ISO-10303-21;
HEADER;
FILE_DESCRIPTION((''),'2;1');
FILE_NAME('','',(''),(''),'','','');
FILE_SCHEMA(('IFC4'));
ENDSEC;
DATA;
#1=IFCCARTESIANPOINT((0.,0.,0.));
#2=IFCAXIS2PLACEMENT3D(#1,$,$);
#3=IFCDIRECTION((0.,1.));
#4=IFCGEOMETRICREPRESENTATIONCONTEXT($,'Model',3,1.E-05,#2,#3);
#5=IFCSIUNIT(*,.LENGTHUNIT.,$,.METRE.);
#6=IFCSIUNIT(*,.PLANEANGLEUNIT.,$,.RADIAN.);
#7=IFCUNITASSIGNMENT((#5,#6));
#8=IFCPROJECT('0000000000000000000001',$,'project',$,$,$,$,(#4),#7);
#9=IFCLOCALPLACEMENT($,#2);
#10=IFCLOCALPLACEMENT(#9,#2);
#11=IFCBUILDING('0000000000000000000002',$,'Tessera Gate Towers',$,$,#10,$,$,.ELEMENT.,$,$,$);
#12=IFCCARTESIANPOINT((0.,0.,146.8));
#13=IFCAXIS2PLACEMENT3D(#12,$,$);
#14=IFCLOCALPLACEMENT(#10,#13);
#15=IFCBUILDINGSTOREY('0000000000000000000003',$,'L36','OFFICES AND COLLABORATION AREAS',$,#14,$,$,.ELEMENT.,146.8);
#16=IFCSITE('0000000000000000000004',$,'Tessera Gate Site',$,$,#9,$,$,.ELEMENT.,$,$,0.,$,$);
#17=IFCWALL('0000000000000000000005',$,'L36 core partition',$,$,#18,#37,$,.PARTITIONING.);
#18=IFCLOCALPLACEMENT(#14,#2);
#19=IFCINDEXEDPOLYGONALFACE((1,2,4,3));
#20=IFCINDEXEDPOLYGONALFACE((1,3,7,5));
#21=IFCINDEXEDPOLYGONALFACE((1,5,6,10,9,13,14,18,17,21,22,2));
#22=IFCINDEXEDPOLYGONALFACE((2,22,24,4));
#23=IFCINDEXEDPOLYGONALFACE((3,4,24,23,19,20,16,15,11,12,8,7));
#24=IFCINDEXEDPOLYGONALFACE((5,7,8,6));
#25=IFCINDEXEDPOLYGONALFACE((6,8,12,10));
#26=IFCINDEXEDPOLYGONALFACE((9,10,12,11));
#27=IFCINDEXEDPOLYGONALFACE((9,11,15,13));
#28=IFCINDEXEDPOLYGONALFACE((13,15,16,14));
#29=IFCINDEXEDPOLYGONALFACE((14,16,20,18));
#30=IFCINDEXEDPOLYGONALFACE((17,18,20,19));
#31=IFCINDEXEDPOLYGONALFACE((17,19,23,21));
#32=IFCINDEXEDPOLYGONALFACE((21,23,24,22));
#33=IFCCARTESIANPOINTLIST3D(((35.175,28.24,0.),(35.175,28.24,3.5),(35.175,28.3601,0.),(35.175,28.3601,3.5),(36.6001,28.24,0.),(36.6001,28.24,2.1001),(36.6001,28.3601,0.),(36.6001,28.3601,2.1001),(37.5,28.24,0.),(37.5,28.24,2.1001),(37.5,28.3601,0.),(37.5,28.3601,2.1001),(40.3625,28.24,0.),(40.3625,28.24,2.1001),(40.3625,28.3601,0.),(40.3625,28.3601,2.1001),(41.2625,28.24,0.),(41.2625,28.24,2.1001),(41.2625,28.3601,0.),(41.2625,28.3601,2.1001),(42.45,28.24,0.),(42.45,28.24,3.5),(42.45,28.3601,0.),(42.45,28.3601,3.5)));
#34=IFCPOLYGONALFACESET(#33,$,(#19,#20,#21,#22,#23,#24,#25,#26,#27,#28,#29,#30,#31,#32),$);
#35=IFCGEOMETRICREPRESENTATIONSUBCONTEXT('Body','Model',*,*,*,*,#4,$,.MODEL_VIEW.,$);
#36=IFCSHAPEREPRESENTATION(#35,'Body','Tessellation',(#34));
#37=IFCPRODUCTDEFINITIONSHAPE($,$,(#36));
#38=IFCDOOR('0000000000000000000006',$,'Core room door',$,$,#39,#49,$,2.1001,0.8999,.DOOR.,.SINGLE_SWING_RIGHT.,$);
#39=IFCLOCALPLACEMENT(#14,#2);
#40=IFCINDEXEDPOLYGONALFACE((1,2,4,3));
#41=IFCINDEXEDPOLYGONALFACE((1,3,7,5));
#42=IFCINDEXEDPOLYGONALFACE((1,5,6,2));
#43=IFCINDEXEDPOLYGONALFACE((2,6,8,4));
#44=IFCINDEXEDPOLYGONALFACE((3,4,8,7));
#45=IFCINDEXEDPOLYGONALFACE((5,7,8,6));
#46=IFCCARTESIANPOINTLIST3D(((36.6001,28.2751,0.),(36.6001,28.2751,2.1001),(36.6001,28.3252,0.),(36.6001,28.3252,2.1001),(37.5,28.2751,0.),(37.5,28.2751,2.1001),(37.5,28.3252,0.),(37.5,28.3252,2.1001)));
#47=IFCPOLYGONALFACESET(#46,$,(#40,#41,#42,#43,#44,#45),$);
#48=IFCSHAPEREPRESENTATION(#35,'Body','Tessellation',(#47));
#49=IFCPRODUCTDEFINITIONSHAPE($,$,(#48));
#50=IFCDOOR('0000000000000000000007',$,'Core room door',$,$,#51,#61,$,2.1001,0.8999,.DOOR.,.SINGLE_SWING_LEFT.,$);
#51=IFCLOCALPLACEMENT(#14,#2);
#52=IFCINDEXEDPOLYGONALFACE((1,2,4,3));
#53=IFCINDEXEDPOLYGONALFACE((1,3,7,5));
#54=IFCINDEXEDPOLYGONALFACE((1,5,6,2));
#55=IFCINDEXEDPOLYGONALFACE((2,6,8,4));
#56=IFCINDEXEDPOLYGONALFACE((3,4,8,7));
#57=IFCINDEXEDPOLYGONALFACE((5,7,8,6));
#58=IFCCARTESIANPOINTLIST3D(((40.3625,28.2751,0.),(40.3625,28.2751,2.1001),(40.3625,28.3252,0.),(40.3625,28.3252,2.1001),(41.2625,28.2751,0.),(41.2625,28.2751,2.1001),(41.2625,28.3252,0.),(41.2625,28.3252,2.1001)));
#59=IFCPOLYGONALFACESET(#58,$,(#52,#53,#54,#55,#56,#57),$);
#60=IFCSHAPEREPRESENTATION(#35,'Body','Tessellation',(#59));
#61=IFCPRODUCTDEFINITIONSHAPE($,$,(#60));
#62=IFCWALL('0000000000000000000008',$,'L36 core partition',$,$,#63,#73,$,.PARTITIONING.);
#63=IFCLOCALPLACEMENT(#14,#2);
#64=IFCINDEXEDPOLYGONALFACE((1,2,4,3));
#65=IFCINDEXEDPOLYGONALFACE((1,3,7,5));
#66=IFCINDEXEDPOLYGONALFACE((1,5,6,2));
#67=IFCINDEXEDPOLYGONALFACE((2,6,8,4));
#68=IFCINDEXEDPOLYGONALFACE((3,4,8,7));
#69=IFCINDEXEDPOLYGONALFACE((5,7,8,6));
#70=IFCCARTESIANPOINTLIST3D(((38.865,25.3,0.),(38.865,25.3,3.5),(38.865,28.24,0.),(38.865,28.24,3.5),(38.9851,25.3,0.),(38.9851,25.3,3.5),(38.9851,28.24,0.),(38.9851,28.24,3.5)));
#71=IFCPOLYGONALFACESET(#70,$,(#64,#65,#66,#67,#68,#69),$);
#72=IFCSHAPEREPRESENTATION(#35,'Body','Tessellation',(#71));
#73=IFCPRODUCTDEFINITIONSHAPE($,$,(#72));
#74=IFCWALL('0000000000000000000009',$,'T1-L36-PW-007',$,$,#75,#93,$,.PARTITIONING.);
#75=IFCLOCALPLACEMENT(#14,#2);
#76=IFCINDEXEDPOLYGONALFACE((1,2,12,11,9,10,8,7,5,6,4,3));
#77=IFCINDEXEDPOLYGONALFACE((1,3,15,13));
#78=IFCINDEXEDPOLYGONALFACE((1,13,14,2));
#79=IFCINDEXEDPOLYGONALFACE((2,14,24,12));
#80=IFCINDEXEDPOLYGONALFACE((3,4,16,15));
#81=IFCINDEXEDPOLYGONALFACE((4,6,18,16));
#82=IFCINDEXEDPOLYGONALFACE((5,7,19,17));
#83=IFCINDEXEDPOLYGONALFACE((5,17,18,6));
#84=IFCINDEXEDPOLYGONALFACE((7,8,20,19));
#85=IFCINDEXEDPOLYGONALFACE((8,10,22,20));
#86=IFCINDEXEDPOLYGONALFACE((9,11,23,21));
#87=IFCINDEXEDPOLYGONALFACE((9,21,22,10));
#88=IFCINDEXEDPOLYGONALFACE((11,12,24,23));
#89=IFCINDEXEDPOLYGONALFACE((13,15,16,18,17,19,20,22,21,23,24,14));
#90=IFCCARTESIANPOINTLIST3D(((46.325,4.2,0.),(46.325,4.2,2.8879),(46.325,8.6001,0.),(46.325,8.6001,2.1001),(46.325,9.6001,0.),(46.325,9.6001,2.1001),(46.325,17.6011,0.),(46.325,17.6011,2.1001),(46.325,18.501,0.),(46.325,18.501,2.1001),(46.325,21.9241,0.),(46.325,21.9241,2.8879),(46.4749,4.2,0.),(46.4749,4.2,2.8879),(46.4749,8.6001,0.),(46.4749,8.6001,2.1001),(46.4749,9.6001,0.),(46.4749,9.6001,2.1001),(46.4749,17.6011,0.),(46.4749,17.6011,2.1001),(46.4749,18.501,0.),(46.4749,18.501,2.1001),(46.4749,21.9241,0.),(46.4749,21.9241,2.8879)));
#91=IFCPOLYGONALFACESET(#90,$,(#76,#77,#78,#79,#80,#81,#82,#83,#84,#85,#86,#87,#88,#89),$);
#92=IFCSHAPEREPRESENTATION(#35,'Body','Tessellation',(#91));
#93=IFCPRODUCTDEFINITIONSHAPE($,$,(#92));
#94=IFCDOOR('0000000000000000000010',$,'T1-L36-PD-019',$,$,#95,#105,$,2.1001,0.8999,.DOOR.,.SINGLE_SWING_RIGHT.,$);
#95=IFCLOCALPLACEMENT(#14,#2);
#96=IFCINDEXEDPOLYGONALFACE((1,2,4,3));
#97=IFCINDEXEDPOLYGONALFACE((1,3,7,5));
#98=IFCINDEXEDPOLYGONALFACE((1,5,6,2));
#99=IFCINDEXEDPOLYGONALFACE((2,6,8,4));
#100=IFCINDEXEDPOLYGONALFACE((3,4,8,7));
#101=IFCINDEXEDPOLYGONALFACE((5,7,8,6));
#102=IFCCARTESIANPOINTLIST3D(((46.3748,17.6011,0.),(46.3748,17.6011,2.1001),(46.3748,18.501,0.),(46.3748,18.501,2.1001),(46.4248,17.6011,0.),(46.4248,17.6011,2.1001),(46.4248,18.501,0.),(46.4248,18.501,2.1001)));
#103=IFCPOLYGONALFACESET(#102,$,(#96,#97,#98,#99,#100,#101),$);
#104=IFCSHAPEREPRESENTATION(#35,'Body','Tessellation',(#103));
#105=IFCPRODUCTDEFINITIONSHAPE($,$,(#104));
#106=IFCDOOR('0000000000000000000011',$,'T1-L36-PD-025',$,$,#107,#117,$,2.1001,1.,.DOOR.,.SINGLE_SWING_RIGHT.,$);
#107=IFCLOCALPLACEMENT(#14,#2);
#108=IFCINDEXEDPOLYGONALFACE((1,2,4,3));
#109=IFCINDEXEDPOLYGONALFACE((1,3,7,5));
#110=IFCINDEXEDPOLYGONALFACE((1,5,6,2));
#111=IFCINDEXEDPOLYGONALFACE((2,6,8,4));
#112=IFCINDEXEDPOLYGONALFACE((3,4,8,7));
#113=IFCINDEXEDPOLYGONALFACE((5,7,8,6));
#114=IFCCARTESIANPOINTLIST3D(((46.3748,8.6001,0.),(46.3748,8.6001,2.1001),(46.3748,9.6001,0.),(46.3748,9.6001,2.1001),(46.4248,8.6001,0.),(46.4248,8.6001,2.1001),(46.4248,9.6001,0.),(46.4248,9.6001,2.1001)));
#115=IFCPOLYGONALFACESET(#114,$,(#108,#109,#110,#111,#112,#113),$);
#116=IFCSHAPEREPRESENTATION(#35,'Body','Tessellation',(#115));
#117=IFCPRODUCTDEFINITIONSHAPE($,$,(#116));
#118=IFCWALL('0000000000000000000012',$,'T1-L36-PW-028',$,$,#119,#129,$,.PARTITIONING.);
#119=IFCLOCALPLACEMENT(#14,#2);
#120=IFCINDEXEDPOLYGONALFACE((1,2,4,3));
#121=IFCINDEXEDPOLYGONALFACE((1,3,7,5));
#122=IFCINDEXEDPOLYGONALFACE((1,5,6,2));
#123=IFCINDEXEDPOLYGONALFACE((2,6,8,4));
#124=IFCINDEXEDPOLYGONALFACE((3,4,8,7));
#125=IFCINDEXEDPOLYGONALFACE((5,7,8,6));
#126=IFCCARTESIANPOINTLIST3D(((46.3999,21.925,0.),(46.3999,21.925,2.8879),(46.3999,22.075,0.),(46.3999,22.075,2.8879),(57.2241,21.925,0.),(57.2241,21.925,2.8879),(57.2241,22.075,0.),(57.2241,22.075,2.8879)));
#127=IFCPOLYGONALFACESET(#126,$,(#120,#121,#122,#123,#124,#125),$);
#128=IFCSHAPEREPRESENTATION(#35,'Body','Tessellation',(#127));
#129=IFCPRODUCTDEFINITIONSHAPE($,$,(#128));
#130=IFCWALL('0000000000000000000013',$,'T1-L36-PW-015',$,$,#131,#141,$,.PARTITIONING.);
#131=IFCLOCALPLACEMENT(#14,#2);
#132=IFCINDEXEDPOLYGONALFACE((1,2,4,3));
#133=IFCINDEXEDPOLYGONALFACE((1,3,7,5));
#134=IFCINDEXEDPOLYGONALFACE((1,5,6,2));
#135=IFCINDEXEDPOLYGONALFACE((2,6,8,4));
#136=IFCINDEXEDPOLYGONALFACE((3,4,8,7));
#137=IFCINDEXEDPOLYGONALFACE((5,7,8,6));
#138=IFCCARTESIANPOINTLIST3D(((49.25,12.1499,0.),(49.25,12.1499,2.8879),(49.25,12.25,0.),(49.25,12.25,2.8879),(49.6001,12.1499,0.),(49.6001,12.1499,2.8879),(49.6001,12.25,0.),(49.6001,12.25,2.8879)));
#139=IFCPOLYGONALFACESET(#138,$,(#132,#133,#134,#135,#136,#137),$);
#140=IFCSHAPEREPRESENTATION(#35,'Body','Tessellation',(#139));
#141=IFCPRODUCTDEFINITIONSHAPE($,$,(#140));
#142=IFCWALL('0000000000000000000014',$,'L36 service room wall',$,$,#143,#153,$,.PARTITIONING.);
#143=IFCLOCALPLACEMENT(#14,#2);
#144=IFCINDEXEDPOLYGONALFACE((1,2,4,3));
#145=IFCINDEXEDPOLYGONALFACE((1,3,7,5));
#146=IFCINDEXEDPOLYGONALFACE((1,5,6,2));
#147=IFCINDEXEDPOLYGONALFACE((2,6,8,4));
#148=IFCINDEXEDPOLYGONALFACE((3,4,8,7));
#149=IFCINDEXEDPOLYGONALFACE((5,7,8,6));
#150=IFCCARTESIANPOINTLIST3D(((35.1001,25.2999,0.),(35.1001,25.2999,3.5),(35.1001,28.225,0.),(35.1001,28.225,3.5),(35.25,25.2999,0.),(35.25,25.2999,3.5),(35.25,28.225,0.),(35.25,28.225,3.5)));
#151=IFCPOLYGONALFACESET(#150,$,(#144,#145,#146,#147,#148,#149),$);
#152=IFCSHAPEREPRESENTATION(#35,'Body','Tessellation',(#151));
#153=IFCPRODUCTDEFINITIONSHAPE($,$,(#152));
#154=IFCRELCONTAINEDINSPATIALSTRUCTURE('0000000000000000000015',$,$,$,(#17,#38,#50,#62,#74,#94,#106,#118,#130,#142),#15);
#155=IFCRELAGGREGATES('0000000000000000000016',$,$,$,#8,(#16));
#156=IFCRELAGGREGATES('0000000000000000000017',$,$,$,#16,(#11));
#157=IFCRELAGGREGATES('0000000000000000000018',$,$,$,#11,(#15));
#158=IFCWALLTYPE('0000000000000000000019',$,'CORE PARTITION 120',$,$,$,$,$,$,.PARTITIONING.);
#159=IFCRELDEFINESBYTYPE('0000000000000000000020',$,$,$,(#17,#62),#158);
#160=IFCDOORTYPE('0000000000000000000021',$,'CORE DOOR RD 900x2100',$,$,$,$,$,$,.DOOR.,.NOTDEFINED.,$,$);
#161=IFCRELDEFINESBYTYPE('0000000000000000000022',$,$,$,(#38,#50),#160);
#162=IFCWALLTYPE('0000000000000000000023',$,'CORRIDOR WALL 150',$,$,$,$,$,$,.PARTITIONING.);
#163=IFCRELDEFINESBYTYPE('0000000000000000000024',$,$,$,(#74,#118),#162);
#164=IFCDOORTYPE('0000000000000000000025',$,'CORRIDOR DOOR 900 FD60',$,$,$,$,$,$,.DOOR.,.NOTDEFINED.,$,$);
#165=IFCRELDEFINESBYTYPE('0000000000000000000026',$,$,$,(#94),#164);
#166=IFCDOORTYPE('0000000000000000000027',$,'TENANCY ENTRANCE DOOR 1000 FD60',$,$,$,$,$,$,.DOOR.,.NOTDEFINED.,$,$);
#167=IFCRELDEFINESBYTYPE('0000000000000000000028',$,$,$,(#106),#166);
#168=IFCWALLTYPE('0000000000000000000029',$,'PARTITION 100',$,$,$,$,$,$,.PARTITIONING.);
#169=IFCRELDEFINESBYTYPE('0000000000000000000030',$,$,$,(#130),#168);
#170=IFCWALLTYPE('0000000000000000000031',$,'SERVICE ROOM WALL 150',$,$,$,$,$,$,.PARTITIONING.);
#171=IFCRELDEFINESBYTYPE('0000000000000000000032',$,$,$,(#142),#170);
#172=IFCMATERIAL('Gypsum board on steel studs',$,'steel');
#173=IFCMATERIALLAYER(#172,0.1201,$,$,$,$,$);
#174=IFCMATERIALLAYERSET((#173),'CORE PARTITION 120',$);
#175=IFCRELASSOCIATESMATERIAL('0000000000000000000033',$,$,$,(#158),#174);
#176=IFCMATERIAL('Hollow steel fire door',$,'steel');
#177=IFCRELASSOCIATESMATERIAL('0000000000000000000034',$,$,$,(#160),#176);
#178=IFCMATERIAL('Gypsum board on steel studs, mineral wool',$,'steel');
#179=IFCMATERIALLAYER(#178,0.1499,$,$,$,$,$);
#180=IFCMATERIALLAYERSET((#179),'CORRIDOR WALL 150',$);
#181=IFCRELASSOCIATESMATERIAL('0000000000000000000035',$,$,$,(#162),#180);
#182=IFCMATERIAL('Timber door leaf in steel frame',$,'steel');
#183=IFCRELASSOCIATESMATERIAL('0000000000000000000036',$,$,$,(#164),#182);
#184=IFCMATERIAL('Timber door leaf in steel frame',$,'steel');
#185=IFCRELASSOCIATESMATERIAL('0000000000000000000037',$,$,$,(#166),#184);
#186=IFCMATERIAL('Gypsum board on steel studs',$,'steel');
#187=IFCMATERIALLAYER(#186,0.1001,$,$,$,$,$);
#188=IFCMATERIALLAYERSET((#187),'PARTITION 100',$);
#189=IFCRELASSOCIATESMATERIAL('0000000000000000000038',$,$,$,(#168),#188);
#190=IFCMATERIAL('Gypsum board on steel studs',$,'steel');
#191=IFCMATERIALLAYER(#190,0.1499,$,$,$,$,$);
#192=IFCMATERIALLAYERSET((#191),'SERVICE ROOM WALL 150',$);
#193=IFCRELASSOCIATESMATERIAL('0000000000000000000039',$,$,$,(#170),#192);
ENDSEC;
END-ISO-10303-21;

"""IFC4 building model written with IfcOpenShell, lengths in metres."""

from ifc_helpers import new_model, si_unit, direction, frame, frame_2d, origin, place, context, subcontext, project, spatial, rectangle, extrude, source, transform, mapped, material, layer, layer_set, type_object, element, fill, save


model = new_model("IFC4")

# Units and contexts
model_context = context("Model", 3, precision=1e-05, world=origin(), true_north=direction((0.0, 1.0)))
body_context = subcontext(model_context, "Body", "Model", "MODEL_VIEW")
ifc_project = project(units=[si_unit("LENGTHUNIT", "METRE"), si_unit("PLANEANGLEUNIT", "RADIAN")], contexts=[model_context])

# Site, building, storey
site_placement = place(None, origin())
site = spatial("IfcSite", under=ifc_project, at=site_placement, Name="Tessera Gate Site", CompositionType="ELEMENT", RefElevation=0.0)
building_placement = place(site_placement, origin())
building = spatial("IfcBuilding", under=site, at=building_placement, Name="Tessera Gate Towers", CompositionType="ELEMENT")
storey_placement = place(building_placement, frame((0.0, 0.0, 146.8)))
storey = spatial("IfcBuildingStorey", under=building, at=storey_placement, Name="L36", Description="OFFICES AND COLLABORATION AREAS", CompositionType="ELEMENT", Elevation=146.8)

# Wall, openings, doors
ifc_material_1 = material(Name="Gypsum board on steel studs", Category="steel")
ifc_layer_1 = layer(ifc_material_1, 0.1201)
ifc_layer_set_1 = layer_set([ifc_layer_1], Name="CORE PARTITION 120")
wall_type_1 = type_object("IfcWallType", Name="CORE PARTITION 120", PredefinedType="PARTITIONING", material=ifc_layer_set_1)
wall_1_placement = place(storey_placement, frame((42.45, 28.3, 0.0), z_axis=(0.0, 0.0, 1.0), x_axis=(-1.0, 0.0, 0.0)))
wall_1 = element("IfcWall", 1, at=wall_1_placement, inside=storey, type_object=wall_type_1, Name="L36 core partition", PredefinedType="PARTITIONING", context=body_context, shape_type="SweptSolid", body=[
    extrude(rectangle(XDim=7.2749, YDim=0.1201, at=frame_2d((3.6375, 0.0))), origin(), (0.0, 0.0, 1.0), 3.5),
])
shared_shape_1 = source(origin(), body_context, "Body", "SweptSolid", [
    extrude(rectangle(XDim=0.8999, YDim=2.1001, at=frame_2d((0.45, 1.05))), frame((0.0, 0.0701, 0.0), z_axis=(0.0, -1.0, 0.0), x_axis=(1.0, 0.0, 0.0)), (0.0, 0.0, 1.0), 0.1401),
])
opening_1_placement = place(wall_1_placement, frame((4.95, 0.0, 0.0)))
opening_1 = element("IfcOpeningElement", 2, at=opening_1_placement, cuts=wall_1, PredefinedType="OPENING", context=body_context, shape_type="MappedRepresentation", body=[
    mapped(shared_shape_1, transform((0.0, 0.0, 0.0), scale=1.0)),
])
opening_2_placement = place(wall_1_placement, frame((1.1875, 0.0, 0.0)))
opening_2 = element("IfcOpeningElement", 3, at=opening_2_placement, cuts=wall_1, PredefinedType="OPENING", context=body_context, shape_type="MappedRepresentation", body=[
    mapped(shared_shape_1, transform((0.0, 0.0, 0.0), scale=1.0)),
])
ifc_material_2 = material(Name="Hollow steel fire door", Category="steel")
door_type_1 = type_object("IfcDoorType", Name="CORE DOOR RD 900x2100", OperationType="NOTDEFINED", PredefinedType="DOOR", material=ifc_material_2)
shared_shape_2 = source(origin(), body_context, "Body", "SweptSolid", [
    extrude(rectangle(XDim=0.8999, YDim=2.1001, at=frame_2d((0.45, 1.05))), frame((0.0, 0.0249, 0.0), z_axis=(0.0, -1.0, 0.0), x_axis=(1.0, 0.0, 0.0)), (0.0, 0.0, 1.0), 0.05),
])
door_1_placement = place(opening_1_placement, origin())
door_1 = element("IfcDoor", 4, at=door_1_placement, inside=storey, type_object=door_type_1, Name="Core room door", OperationType="SINGLE_SWING_RIGHT", OverallHeight=2.1001, OverallWidth=0.8999, PredefinedType="DOOR", context=body_context, shape_type="MappedRepresentation", body=[
    mapped(shared_shape_2, transform((0.0, 0.0, 0.0), scale=1.0)),
])
fill(opening_1, door_1)
door_2_placement = place(opening_2_placement, origin())
door_2 = element("IfcDoor", 5, at=door_2_placement, inside=storey, type_object=door_type_1, Name="Core room door", OperationType="SINGLE_SWING_LEFT", OverallHeight=2.1001, OverallWidth=0.8999, PredefinedType="DOOR", context=body_context, shape_type="MappedRepresentation", body=[
    mapped(shared_shape_2, transform((0.0, 0.0, 0.0), scale=1.0)),
])
fill(opening_2, door_2)

# Wall
wall_2_placement = place(storey_placement, frame((38.925, 25.3, 0.0), z_axis=(0.0, 0.0, 1.0), x_axis=(0.0, 1.0, 0.0)))
element("IfcWall", 6, at=wall_2_placement, inside=storey, type_object=wall_type_1, Name="L36 core partition", PredefinedType="PARTITIONING", context=body_context, shape_type="SweptSolid", body=[
    extrude(rectangle(XDim=2.9399, YDim=0.1201, at=frame_2d((1.47, 0.0))), origin(), (0.0, 0.0, 1.0), 3.5),
])

# Wall, openings, doors
ifc_material_3 = material(Name="Gypsum board on steel studs, mineral wool", Category="steel")
ifc_layer_2 = layer(ifc_material_3, 0.1499)
ifc_layer_set_2 = layer_set([ifc_layer_2], Name="CORRIDOR WALL 150")
wall_type_2 = type_object("IfcWallType", Name="CORRIDOR WALL 150", PredefinedType="PARTITIONING", material=ifc_layer_set_2)
wall_3_placement = place(storey_placement, frame((46.3999, 21.9241, 0.0), z_axis=(0.0, 0.0, 1.0), x_axis=(0.0, -1.0, 0.0)))
wall_3 = element("IfcWall", 7, at=wall_3_placement, inside=storey, type_object=wall_type_2, Name="T1-L36-PW-007", PredefinedType="PARTITIONING", context=body_context, shape_type="SweptSolid", body=[
    extrude(rectangle(XDim=17.7241, YDim=0.1499, at=frame_2d((8.8621, 0.0))), origin(), (0.0, 0.0, 1.0), 2.8879),
])
shared_shape_3 = source(origin(), body_context, "Body", "SweptSolid", [
    extrude(rectangle(XDim=0.8999, YDim=2.1001, at=frame_2d((0.45, 1.05))), frame((0.0, 0.085, 0.0), z_axis=(0.0, -1.0, 0.0), x_axis=(1.0, 0.0, 0.0)), (0.0, 0.0, 1.0), 0.1699),
])
opening_3_placement = place(wall_3_placement, frame((3.4231, 0.0, 0.0)))
opening_3 = element("IfcOpeningElement", 8, at=opening_3_placement, cuts=wall_3, PredefinedType="OPENING", context=body_context, shape_type="MappedRepresentation", body=[
    mapped(shared_shape_3, transform((0.0, 0.0, 0.0), scale=1.0)),
])
shared_shape_4 = source(origin(), body_context, "Body", "SweptSolid", [
    extrude(rectangle(XDim=1.0, YDim=2.1001, at=frame_2d((0.5, 1.05))), frame((0.0, 0.085, 0.0), z_axis=(0.0, -1.0, 0.0), x_axis=(1.0, 0.0, 0.0)), (0.0, 0.0, 1.0), 0.1699),
])
opening_4_placement = place(wall_3_placement, frame((12.324, 0.0, 0.0)))
opening_4 = element("IfcOpeningElement", 9, at=opening_4_placement, cuts=wall_3, PredefinedType="OPENING", context=body_context, shape_type="MappedRepresentation", body=[
    mapped(shared_shape_4, transform((0.0, 0.0, 0.0), scale=1.0)),
])
ifc_material_4 = material(Name="Timber door leaf in steel frame", Category="steel")
door_type_2 = type_object("IfcDoorType", Name="CORRIDOR DOOR 900 FD60", OperationType="NOTDEFINED", PredefinedType="DOOR", material=ifc_material_4)
door_3_placement = place(opening_3_placement, origin())
door_3 = element("IfcDoor", 10, at=door_3_placement, inside=storey, type_object=door_type_2, Name="T1-L36-PD-019", OperationType="SINGLE_SWING_RIGHT", OverallHeight=2.1001, OverallWidth=0.8999, PredefinedType="DOOR", context=body_context, shape_type="MappedRepresentation", body=[
    mapped(shared_shape_2, transform((0.0, 0.0, 0.0), scale=1.0)),
])
fill(opening_3, door_3)
ifc_material_5 = material(Name="Timber door leaf in steel frame", Category="steel")
door_type_3 = type_object("IfcDoorType", Name="TENANCY ENTRANCE DOOR 1000 FD60", OperationType="NOTDEFINED", PredefinedType="DOOR", material=ifc_material_5)
shared_shape_5 = source(origin(), body_context, "Body", "SweptSolid", [
    extrude(rectangle(XDim=1.0, YDim=2.1001, at=frame_2d((0.5, 1.05))), frame((0.0, 0.0249, 0.0), z_axis=(0.0, -1.0, 0.0), x_axis=(1.0, 0.0, 0.0)), (0.0, 0.0, 1.0), 0.05),
])
door_4_placement = place(opening_4_placement, origin())
door_4 = element("IfcDoor", 11, at=door_4_placement, inside=storey, type_object=door_type_3, Name="T1-L36-PD-025", OperationType="SINGLE_SWING_RIGHT", OverallHeight=2.1001, OverallWidth=1.0, PredefinedType="DOOR", context=body_context, shape_type="MappedRepresentation", body=[
    mapped(shared_shape_5, transform((0.0, 0.0, 0.0), scale=1.0)),
])
fill(opening_4, door_4)

# Walls
wall_4_placement = place(storey_placement, frame((46.3999, 22.0, 0.0), z_axis=(0.0, 0.0, 1.0), x_axis=(1.0, 0.0, 0.0)))
element("IfcWall", 12, at=wall_4_placement, inside=storey, type_object=wall_type_2, Name="T1-L36-PW-028", PredefinedType="PARTITIONING", context=body_context, shape_type="SweptSolid", body=[
    extrude(rectangle(XDim=10.8242, YDim=0.1499, at=frame_2d((5.4121, 0.0))), origin(), (0.0, 0.0, 1.0), 2.8879),
])
ifc_material_6 = material(Name="Gypsum board on steel studs", Category="steel")
ifc_layer_3 = layer(ifc_material_6, 0.1001)
ifc_layer_set_3 = layer_set([ifc_layer_3], Name="PARTITION 100")
wall_type_3 = type_object("IfcWallType", Name="PARTITION 100", PredefinedType="PARTITIONING", material=ifc_layer_set_3)
wall_5_placement = place(storey_placement, frame((49.25, 12.2, 0.0), z_axis=(0.0, 0.0, 1.0), x_axis=(1.0, 0.0, 0.0)))
element("IfcWall", 13, at=wall_5_placement, inside=storey, type_object=wall_type_3, Name="T1-L36-PW-015", PredefinedType="PARTITIONING", context=body_context, shape_type="SweptSolid", body=[
    extrude(rectangle(XDim=0.3501, YDim=0.1001, at=frame_2d((0.175, 0.0))), origin(), (0.0, 0.0, 1.0), 2.8879),
])
ifc_material_7 = material(Name="Gypsum board on steel studs", Category="steel")
ifc_layer_4 = layer(ifc_material_7, 0.1499)
ifc_layer_set_4 = layer_set([ifc_layer_4], Name="SERVICE ROOM WALL 150")
wall_type_4 = type_object("IfcWallType", Name="SERVICE ROOM WALL 150", PredefinedType="PARTITIONING", material=ifc_layer_set_4)
wall_6_placement = place(storey_placement, frame((35.175, 25.3, 0.0), z_axis=(0.0, 0.0, 1.0), x_axis=(0.0, 1.0, 0.0)))
element("IfcWall", 14, at=wall_6_placement, inside=storey, type_object=wall_type_4, Name="L36 service room wall", PredefinedType="PARTITIONING", context=body_context, shape_type="SweptSolid", body=[
    extrude(rectangle(XDim=2.925, YDim=0.1499, at=frame_2d((1.4624, 0.0))), origin(), (0.0, 0.0, 1.0), 3.5),
])

save(model, "model.ifc")
